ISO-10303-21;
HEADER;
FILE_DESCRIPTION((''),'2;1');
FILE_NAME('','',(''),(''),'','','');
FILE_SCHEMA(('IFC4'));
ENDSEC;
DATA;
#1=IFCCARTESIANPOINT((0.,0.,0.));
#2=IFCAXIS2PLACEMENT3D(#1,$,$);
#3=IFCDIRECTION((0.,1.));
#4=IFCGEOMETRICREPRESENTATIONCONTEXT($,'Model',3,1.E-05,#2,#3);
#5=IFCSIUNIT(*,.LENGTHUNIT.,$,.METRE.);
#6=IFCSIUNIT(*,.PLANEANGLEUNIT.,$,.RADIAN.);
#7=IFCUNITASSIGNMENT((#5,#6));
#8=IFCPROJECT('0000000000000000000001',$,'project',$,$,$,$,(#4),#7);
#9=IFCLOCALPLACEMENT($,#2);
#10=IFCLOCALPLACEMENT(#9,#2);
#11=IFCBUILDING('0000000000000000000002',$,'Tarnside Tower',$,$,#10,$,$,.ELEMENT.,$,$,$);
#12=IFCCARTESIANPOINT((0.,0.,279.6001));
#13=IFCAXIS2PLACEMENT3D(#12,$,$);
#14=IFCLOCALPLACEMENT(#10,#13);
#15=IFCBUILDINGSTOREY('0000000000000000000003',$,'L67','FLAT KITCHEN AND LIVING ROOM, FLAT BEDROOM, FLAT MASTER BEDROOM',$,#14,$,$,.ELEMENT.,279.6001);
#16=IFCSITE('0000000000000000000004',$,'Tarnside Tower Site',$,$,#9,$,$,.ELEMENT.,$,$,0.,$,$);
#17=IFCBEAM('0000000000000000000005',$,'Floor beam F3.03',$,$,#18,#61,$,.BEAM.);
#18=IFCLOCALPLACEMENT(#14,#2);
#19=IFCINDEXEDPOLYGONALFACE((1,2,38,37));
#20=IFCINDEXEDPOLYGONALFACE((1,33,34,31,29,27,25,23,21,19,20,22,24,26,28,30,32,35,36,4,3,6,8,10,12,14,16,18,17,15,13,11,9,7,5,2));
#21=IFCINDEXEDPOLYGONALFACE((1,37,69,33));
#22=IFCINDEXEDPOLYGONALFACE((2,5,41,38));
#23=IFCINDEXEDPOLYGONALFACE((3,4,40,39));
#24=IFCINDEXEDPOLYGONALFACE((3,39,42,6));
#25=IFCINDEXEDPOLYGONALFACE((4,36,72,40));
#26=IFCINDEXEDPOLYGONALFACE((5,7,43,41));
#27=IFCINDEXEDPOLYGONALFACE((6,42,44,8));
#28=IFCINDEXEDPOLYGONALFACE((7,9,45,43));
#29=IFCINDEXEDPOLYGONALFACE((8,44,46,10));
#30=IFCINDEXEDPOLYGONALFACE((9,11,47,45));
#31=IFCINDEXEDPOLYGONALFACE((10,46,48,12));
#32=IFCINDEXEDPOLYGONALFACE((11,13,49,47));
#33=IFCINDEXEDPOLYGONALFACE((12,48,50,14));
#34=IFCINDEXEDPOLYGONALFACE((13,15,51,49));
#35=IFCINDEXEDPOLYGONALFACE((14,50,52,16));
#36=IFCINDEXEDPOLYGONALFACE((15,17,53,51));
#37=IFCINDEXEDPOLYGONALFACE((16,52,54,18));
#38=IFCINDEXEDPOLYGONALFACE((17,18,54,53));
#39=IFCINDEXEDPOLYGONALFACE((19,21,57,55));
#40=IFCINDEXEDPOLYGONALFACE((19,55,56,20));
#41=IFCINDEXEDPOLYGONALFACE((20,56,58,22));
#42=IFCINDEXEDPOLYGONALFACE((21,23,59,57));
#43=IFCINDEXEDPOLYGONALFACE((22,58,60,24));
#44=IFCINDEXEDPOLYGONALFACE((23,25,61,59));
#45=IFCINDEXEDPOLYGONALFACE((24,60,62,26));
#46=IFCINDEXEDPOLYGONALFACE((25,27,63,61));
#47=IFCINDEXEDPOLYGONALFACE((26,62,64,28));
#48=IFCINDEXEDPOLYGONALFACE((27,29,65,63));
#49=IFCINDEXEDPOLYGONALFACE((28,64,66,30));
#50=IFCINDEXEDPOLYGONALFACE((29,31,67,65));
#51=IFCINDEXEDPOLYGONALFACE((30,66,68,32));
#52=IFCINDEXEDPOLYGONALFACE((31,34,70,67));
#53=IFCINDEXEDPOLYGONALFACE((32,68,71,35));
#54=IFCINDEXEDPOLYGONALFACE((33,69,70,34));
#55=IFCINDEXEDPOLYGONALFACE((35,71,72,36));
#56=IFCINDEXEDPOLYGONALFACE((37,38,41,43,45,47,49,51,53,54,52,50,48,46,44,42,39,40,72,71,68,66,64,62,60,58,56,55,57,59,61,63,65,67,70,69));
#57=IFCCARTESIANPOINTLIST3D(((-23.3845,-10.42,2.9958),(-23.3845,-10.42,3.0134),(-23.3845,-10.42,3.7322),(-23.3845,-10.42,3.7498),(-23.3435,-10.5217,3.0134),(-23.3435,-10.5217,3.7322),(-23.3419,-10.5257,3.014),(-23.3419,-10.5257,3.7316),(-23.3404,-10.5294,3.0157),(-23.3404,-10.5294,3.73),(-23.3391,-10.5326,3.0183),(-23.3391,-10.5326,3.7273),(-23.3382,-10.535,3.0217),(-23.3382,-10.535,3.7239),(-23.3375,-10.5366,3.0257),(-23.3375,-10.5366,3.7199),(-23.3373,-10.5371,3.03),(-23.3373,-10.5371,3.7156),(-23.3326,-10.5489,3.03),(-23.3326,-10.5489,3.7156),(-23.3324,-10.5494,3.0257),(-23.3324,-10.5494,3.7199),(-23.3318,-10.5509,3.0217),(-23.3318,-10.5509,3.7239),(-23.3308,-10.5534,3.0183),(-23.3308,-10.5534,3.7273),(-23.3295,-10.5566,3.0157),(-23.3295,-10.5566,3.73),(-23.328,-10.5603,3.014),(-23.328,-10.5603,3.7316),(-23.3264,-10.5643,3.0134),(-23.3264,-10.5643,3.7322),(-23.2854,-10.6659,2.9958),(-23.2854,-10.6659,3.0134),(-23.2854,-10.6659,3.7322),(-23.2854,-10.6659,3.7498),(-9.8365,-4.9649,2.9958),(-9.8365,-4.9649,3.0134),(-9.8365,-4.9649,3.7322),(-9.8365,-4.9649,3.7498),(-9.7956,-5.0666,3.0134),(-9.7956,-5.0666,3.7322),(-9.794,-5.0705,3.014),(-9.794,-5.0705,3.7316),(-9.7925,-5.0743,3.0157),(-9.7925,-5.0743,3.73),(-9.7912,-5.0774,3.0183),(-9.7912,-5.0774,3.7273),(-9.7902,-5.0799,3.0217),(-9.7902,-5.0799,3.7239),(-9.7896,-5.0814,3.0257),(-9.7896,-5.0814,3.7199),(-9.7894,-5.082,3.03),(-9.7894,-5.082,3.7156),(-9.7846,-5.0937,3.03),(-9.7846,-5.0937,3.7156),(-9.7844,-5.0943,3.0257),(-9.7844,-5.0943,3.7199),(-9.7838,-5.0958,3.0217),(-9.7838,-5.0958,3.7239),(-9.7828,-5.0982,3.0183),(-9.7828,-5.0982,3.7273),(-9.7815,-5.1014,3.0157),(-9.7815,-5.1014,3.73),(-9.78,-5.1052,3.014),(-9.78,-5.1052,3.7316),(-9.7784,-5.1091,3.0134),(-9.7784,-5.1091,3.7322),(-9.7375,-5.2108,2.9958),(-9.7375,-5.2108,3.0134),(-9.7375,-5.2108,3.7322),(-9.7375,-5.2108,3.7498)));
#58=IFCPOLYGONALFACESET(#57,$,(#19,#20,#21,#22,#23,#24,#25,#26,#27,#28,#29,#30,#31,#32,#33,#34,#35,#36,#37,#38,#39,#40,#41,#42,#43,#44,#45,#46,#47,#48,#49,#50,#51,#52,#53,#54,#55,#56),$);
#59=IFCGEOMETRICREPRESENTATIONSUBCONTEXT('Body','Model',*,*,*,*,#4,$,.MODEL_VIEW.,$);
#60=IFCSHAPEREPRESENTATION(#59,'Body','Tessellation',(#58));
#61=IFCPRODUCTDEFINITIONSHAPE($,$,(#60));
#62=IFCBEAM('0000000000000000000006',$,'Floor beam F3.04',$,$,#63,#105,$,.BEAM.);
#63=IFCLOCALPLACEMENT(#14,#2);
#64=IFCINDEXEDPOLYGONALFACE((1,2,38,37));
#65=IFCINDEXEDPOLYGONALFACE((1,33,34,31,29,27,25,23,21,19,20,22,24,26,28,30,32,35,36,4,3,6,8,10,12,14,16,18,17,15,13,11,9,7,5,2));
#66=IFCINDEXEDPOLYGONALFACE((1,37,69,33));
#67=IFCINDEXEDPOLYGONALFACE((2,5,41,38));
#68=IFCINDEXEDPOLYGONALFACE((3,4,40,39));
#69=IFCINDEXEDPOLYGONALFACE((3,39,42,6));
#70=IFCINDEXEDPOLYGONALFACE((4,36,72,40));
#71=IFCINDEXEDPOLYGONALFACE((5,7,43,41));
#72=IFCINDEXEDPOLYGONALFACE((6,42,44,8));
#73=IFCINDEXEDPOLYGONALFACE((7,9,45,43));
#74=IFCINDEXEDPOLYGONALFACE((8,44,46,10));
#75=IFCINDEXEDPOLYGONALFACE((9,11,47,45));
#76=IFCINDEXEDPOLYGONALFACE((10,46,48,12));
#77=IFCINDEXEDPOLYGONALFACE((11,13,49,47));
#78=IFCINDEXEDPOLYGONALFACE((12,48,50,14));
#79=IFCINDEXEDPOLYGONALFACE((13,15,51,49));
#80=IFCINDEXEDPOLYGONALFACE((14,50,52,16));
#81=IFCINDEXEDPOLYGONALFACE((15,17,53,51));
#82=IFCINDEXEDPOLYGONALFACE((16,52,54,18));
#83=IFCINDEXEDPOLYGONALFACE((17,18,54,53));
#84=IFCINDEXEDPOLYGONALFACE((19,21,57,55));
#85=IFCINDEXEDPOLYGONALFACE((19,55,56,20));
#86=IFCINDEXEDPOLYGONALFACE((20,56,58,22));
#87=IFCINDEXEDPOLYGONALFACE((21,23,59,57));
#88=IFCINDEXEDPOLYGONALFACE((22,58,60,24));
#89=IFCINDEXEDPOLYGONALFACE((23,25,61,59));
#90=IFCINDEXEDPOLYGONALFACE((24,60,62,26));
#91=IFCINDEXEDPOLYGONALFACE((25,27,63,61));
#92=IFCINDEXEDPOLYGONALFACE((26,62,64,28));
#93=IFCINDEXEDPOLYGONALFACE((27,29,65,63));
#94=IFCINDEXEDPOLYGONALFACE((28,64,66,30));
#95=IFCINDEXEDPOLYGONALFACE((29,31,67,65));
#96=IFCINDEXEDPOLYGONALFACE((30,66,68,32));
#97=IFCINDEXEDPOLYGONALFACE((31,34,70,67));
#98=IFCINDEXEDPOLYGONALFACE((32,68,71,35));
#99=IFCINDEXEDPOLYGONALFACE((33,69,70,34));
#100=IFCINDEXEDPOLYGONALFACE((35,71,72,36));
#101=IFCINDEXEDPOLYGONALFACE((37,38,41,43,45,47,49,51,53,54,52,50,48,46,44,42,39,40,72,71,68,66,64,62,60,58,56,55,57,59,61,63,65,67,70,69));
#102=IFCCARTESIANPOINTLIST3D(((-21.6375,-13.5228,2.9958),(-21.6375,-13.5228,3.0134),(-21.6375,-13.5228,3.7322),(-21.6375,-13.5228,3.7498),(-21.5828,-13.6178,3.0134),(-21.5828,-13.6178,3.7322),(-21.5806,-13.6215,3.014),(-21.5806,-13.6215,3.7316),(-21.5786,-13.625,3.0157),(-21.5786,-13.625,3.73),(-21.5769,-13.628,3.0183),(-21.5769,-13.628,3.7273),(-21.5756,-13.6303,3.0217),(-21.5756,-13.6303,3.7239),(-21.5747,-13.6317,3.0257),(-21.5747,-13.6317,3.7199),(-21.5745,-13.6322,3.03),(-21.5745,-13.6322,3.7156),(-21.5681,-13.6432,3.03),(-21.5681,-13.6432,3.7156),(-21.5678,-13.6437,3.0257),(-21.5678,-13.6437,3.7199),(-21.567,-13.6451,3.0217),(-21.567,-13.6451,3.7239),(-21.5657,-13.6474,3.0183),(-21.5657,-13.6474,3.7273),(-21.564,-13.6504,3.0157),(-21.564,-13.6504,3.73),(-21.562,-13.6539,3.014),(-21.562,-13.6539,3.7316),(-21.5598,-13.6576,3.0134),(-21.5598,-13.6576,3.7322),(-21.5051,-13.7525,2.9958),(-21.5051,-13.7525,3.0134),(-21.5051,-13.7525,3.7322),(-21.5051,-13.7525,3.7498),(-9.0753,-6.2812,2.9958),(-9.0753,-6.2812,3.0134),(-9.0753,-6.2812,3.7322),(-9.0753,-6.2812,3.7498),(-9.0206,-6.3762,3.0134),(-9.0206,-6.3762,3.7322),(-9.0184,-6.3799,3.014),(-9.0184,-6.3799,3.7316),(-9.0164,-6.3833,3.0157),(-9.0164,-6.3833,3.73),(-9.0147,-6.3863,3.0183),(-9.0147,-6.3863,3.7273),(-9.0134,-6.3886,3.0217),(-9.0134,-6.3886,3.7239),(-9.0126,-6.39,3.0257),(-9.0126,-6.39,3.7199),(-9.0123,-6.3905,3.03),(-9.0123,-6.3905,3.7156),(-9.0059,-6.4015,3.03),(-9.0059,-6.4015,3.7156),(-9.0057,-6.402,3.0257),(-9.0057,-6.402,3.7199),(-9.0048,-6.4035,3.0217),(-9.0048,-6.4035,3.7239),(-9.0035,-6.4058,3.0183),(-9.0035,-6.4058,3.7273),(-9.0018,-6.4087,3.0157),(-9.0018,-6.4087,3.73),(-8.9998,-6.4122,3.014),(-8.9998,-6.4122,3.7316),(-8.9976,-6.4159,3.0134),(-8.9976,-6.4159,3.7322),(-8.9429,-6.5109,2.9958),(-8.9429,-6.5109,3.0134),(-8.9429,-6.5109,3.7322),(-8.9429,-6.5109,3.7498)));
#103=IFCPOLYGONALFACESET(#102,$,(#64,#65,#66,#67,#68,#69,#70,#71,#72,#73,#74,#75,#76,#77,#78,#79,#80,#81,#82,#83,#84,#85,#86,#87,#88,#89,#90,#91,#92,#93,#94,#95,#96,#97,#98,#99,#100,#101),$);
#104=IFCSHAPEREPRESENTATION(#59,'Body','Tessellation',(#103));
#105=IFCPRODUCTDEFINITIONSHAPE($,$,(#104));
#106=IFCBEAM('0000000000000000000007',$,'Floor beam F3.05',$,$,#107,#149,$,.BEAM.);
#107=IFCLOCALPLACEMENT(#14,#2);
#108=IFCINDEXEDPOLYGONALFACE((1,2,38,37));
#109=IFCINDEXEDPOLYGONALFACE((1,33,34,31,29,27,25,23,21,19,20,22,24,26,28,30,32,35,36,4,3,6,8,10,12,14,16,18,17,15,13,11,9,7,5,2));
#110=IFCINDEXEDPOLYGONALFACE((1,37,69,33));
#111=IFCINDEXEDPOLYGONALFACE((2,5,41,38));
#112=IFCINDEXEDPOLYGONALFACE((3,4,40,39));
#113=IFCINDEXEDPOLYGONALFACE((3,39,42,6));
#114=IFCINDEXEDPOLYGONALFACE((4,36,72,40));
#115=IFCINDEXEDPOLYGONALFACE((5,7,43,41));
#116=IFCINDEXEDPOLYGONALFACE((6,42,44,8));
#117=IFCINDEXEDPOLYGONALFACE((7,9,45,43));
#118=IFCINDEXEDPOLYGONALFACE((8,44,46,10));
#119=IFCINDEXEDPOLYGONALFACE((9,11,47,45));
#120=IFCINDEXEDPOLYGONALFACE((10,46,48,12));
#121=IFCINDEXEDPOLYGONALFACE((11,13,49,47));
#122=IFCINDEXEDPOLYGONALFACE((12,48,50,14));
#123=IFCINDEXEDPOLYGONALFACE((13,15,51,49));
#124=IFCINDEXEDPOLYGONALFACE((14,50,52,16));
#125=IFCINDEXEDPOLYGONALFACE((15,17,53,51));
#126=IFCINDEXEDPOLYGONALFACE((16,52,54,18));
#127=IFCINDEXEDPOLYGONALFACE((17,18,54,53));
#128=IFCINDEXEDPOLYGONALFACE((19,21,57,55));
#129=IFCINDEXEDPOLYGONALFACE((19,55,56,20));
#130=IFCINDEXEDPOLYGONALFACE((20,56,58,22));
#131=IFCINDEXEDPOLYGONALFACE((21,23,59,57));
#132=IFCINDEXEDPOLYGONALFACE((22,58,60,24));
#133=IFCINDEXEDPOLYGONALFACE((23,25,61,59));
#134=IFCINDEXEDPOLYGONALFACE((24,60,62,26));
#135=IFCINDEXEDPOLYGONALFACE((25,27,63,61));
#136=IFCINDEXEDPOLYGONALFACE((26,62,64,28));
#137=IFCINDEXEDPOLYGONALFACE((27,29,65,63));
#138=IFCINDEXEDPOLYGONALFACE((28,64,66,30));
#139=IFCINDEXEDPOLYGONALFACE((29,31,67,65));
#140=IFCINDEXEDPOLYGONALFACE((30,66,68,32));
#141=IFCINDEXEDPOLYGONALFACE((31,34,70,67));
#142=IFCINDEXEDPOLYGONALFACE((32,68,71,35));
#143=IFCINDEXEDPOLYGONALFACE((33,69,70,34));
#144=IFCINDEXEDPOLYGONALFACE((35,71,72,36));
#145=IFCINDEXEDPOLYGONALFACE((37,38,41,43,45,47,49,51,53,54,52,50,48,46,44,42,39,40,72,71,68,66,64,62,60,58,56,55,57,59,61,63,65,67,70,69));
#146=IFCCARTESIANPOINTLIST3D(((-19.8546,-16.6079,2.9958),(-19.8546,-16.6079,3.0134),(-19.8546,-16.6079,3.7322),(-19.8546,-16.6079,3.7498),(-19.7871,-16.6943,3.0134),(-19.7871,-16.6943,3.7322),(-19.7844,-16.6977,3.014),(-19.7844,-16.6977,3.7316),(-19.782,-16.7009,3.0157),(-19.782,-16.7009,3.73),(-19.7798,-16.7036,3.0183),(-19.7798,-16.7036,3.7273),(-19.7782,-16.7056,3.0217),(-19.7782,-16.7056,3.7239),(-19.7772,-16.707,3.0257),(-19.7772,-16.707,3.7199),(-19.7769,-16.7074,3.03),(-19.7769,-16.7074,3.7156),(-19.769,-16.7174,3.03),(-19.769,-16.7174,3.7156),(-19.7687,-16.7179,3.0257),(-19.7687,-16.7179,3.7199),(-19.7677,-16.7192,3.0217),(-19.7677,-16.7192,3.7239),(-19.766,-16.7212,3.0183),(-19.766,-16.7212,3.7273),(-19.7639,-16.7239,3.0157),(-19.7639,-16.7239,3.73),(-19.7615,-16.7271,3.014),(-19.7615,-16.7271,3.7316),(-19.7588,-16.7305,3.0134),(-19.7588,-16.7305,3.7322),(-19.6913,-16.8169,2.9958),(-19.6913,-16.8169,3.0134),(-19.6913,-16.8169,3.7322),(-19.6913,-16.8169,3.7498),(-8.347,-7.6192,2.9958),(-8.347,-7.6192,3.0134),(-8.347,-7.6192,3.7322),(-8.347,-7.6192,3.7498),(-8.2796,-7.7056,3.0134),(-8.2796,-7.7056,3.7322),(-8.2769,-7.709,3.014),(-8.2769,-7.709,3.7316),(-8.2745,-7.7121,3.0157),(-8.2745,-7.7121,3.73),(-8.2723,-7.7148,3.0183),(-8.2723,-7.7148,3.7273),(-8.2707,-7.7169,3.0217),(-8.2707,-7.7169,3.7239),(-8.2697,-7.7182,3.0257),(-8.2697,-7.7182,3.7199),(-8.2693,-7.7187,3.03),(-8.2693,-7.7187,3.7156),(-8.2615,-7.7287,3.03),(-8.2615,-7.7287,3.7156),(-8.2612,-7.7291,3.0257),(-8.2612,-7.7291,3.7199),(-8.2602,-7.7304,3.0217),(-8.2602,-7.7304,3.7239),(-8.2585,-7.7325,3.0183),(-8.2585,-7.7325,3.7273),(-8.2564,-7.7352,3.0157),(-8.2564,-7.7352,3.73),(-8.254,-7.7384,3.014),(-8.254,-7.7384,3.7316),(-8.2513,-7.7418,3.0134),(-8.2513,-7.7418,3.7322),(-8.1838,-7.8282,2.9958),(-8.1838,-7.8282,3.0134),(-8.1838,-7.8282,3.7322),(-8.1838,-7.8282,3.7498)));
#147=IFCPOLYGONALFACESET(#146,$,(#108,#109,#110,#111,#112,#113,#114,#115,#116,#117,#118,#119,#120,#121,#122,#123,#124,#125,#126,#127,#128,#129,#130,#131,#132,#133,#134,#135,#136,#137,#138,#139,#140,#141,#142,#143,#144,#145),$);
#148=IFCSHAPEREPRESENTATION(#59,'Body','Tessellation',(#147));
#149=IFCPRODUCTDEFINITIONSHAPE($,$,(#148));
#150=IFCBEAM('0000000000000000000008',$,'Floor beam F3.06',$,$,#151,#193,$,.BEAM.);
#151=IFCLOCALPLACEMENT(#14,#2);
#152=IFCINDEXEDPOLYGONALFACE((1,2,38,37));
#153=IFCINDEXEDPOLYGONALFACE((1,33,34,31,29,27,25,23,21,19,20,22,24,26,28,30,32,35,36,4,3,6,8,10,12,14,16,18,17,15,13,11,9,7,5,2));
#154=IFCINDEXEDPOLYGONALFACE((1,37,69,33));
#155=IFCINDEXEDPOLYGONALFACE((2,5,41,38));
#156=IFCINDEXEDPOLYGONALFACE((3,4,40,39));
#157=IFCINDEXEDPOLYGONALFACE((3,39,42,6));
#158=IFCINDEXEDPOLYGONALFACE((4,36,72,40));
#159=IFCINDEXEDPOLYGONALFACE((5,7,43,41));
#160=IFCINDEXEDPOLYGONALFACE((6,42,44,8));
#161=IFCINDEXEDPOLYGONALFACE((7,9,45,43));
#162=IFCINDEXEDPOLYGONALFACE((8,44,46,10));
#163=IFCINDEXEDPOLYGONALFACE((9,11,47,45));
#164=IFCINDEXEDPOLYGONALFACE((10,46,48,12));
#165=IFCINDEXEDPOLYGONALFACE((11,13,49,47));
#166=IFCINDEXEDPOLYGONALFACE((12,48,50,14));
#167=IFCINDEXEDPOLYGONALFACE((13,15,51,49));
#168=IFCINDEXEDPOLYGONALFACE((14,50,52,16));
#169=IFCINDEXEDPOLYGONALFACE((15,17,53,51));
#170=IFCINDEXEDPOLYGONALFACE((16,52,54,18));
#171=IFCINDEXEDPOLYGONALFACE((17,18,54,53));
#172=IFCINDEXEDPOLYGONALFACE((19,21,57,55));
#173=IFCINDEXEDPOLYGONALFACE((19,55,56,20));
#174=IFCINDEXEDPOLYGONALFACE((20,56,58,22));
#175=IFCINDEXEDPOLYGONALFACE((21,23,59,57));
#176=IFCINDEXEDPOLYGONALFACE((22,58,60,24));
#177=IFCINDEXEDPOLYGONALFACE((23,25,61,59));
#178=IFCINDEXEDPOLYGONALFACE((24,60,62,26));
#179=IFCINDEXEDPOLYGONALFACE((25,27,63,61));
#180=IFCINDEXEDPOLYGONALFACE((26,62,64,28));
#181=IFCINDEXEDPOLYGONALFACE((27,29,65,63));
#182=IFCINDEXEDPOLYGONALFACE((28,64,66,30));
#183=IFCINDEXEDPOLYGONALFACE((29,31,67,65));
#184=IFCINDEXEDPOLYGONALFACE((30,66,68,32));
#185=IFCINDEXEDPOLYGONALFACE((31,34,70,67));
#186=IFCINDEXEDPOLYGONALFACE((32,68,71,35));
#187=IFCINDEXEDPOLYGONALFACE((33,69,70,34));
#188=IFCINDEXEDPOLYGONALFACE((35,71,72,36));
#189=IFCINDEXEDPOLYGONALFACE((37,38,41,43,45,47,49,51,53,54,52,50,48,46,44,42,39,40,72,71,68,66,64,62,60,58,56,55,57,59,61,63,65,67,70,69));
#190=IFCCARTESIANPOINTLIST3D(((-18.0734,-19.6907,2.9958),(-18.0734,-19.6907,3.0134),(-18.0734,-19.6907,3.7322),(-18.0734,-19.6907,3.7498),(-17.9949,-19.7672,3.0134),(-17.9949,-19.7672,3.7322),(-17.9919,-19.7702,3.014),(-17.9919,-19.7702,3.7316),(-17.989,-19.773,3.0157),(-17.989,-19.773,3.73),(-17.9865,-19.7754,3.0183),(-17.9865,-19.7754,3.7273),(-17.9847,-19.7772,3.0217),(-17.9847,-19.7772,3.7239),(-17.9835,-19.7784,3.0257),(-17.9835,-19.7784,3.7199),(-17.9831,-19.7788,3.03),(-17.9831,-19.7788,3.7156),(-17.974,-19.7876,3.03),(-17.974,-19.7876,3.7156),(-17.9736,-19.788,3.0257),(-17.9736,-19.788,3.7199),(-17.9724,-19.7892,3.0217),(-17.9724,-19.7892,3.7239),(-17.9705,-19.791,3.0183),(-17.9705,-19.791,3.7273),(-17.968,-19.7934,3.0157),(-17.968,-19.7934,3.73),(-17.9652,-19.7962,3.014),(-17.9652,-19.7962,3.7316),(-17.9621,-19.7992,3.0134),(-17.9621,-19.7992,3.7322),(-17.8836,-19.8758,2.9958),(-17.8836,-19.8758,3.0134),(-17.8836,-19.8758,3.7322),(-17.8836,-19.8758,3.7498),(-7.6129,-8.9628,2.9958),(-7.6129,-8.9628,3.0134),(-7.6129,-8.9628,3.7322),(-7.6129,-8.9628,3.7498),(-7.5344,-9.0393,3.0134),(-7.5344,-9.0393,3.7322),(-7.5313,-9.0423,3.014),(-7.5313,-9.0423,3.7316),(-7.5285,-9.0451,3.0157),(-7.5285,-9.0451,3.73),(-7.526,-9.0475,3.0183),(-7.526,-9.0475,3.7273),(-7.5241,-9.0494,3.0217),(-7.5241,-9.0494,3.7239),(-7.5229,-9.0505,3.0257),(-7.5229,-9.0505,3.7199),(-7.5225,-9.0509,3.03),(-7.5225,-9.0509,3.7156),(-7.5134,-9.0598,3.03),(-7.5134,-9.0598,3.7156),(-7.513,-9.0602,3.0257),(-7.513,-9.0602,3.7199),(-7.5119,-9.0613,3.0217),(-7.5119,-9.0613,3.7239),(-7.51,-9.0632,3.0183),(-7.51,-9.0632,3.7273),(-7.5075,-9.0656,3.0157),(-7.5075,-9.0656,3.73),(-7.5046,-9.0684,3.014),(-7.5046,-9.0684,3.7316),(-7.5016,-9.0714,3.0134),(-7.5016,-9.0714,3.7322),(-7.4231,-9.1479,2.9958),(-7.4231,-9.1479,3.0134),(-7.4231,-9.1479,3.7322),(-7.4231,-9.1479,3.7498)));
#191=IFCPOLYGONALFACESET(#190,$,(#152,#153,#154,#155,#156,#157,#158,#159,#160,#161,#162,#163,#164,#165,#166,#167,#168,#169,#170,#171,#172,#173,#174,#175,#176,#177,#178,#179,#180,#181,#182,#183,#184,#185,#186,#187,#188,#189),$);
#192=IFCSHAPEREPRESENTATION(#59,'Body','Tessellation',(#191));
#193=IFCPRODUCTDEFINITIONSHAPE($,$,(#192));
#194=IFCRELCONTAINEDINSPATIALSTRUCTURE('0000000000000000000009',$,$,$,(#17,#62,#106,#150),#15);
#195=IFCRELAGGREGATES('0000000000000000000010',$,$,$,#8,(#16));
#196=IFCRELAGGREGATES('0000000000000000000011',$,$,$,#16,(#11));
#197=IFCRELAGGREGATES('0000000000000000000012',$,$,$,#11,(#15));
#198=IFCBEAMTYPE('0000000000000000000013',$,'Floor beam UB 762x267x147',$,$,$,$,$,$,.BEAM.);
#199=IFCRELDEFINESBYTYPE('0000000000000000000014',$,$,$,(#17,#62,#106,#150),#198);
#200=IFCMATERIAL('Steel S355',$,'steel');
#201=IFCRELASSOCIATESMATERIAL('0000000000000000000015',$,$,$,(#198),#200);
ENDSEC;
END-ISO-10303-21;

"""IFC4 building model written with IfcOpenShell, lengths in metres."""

from ifc_helpers import new_model, si_unit, direction, frame, origin, origin_2d, place, context, subcontext, project, spatial, i_section, extrude, material, material_profile, profile_set, type_object, element, save


model = new_model("IFC4")

# Units and contexts
model_context = context("Model", 3, precision=1e-05, world=origin(), true_north=direction((0.0, 1.0)))
body_context = subcontext(model_context, "Body", "Model", "MODEL_VIEW")
ifc_project = project(units=[si_unit("LENGTHUNIT", "METRE"), si_unit("PLANEANGLEUNIT", "RADIAN")], contexts=[model_context])

# Site, building, storey
site_placement = place(None, origin())
site = spatial("IfcSite", under=ifc_project, at=site_placement, Name="Tarnside Tower Site", CompositionType="ELEMENT", RefElevation=0.0)
building_placement = place(site_placement, origin())
building = spatial("IfcBuilding", under=site, at=building_placement, Name="Tarnside Tower", CompositionType="ELEMENT")
storey_placement = place(building_placement, frame((0.0, 0.0, 279.6001)))
storey = spatial("IfcBuildingStorey", under=building, at=storey_placement, Name="L67", Description="FLAT KITCHEN AND LIVING ROOM, FLAT BEDROOM, FLAT MASTER BEDROOM", CompositionType="ELEMENT", Elevation=279.6001)

# Beams
ifc_material_1 = material(Name="Steel S355", Category="steel")
ifc_material_profile_1 = material_profile(ifc_material_1, i_section(OverallWidth=0.2651, OverallDepth=0.7539, WebThickness=0.0127, FlangeThickness=0.0176, FilletRadius=0.0166, at=origin_2d()), Name="UB 762x267x147")
ifc_profile_set_1 = profile_set([ifc_material_profile_1], Name="Steel S355")
beam_type_1 = type_object("IfcBeamType", Name="Floor beam UB 762x267x147", PredefinedType="BEAM", material=ifc_profile_set_1)
beam_1_placement = place(storey_placement, frame((-23.335, -10.543, 3.3728), z_axis=(0.927626, 0.373511, 0.0), x_axis=(-0.373511, 0.927626, 0.0)))
element("IfcBeam", 1, at=beam_1_placement, inside=storey, type_object=beam_type_1, Name="Floor beam F3.03", PredefinedType="BEAM", context=body_context, shape_type="SweptSolid", body=[
    extrude(i_section(OverallWidth=0.2651, OverallDepth=0.7539, WebThickness=0.0127, FlangeThickness=0.0176, FilletRadius=0.0166, at=origin_2d()), origin(), (0.0, 0.0, 1.0), 14.605),
])
beam_2_placement = place(storey_placement, frame((-21.5713, -13.6377, 3.3728), z_axis=(0.866357, 0.499425, 0.0), x_axis=(-0.499425, 0.866357, 0.0)))
element("IfcBeam", 2, at=beam_2_placement, inside=storey, type_object=beam_type_1, Name="Floor beam F3.04", PredefinedType="BEAM", context=body_context, shape_type="SweptSolid", body=[
    extrude(i_section(OverallWidth=0.2651, OverallDepth=0.7539, WebThickness=0.0127, FlangeThickness=0.0176, FilletRadius=0.0166, at=origin_2d()), origin(), (0.0, 0.0, 1.0), 14.5),
])
beam_3_placement = place(storey_placement, frame((-19.7729, -16.7124, 3.3728), z_axis=(0.788075, 0.615579, 0.0), x_axis=(-0.615579, 0.788075, 0.0)))
element("IfcBeam", 3, at=beam_3_placement, inside=storey, type_object=beam_type_1, Name="Floor beam F3.05", PredefinedType="BEAM", context=body_context, shape_type="SweptSolid", body=[
    extrude(i_section(OverallWidth=0.2651, OverallDepth=0.7539, WebThickness=0.0127, FlangeThickness=0.0176, FilletRadius=0.0166, at=origin_2d()), origin(), (0.0, 0.0, 1.0), 14.6021),
])
beam_4_placement = place(storey_placement, frame((-17.9785, -19.7832, 3.3728), z_axis=(0.69813, 0.715971, 0.0), x_axis=(-0.715971, 0.69813, 0.0)))
element("IfcBeam", 4, at=beam_4_placement, inside=storey, type_object=beam_type_1, Name="Floor beam F3.06", PredefinedType="BEAM", context=body_context, shape_type="SweptSolid", body=[
    extrude(i_section(OverallWidth=0.2651, OverallDepth=0.7539, WebThickness=0.0127, FlangeThickness=0.0176, FilletRadius=0.0166, at=origin_2d()), origin(), (0.0, 0.0, 1.0), 14.9836),
])

save(model, "model.ifc")
